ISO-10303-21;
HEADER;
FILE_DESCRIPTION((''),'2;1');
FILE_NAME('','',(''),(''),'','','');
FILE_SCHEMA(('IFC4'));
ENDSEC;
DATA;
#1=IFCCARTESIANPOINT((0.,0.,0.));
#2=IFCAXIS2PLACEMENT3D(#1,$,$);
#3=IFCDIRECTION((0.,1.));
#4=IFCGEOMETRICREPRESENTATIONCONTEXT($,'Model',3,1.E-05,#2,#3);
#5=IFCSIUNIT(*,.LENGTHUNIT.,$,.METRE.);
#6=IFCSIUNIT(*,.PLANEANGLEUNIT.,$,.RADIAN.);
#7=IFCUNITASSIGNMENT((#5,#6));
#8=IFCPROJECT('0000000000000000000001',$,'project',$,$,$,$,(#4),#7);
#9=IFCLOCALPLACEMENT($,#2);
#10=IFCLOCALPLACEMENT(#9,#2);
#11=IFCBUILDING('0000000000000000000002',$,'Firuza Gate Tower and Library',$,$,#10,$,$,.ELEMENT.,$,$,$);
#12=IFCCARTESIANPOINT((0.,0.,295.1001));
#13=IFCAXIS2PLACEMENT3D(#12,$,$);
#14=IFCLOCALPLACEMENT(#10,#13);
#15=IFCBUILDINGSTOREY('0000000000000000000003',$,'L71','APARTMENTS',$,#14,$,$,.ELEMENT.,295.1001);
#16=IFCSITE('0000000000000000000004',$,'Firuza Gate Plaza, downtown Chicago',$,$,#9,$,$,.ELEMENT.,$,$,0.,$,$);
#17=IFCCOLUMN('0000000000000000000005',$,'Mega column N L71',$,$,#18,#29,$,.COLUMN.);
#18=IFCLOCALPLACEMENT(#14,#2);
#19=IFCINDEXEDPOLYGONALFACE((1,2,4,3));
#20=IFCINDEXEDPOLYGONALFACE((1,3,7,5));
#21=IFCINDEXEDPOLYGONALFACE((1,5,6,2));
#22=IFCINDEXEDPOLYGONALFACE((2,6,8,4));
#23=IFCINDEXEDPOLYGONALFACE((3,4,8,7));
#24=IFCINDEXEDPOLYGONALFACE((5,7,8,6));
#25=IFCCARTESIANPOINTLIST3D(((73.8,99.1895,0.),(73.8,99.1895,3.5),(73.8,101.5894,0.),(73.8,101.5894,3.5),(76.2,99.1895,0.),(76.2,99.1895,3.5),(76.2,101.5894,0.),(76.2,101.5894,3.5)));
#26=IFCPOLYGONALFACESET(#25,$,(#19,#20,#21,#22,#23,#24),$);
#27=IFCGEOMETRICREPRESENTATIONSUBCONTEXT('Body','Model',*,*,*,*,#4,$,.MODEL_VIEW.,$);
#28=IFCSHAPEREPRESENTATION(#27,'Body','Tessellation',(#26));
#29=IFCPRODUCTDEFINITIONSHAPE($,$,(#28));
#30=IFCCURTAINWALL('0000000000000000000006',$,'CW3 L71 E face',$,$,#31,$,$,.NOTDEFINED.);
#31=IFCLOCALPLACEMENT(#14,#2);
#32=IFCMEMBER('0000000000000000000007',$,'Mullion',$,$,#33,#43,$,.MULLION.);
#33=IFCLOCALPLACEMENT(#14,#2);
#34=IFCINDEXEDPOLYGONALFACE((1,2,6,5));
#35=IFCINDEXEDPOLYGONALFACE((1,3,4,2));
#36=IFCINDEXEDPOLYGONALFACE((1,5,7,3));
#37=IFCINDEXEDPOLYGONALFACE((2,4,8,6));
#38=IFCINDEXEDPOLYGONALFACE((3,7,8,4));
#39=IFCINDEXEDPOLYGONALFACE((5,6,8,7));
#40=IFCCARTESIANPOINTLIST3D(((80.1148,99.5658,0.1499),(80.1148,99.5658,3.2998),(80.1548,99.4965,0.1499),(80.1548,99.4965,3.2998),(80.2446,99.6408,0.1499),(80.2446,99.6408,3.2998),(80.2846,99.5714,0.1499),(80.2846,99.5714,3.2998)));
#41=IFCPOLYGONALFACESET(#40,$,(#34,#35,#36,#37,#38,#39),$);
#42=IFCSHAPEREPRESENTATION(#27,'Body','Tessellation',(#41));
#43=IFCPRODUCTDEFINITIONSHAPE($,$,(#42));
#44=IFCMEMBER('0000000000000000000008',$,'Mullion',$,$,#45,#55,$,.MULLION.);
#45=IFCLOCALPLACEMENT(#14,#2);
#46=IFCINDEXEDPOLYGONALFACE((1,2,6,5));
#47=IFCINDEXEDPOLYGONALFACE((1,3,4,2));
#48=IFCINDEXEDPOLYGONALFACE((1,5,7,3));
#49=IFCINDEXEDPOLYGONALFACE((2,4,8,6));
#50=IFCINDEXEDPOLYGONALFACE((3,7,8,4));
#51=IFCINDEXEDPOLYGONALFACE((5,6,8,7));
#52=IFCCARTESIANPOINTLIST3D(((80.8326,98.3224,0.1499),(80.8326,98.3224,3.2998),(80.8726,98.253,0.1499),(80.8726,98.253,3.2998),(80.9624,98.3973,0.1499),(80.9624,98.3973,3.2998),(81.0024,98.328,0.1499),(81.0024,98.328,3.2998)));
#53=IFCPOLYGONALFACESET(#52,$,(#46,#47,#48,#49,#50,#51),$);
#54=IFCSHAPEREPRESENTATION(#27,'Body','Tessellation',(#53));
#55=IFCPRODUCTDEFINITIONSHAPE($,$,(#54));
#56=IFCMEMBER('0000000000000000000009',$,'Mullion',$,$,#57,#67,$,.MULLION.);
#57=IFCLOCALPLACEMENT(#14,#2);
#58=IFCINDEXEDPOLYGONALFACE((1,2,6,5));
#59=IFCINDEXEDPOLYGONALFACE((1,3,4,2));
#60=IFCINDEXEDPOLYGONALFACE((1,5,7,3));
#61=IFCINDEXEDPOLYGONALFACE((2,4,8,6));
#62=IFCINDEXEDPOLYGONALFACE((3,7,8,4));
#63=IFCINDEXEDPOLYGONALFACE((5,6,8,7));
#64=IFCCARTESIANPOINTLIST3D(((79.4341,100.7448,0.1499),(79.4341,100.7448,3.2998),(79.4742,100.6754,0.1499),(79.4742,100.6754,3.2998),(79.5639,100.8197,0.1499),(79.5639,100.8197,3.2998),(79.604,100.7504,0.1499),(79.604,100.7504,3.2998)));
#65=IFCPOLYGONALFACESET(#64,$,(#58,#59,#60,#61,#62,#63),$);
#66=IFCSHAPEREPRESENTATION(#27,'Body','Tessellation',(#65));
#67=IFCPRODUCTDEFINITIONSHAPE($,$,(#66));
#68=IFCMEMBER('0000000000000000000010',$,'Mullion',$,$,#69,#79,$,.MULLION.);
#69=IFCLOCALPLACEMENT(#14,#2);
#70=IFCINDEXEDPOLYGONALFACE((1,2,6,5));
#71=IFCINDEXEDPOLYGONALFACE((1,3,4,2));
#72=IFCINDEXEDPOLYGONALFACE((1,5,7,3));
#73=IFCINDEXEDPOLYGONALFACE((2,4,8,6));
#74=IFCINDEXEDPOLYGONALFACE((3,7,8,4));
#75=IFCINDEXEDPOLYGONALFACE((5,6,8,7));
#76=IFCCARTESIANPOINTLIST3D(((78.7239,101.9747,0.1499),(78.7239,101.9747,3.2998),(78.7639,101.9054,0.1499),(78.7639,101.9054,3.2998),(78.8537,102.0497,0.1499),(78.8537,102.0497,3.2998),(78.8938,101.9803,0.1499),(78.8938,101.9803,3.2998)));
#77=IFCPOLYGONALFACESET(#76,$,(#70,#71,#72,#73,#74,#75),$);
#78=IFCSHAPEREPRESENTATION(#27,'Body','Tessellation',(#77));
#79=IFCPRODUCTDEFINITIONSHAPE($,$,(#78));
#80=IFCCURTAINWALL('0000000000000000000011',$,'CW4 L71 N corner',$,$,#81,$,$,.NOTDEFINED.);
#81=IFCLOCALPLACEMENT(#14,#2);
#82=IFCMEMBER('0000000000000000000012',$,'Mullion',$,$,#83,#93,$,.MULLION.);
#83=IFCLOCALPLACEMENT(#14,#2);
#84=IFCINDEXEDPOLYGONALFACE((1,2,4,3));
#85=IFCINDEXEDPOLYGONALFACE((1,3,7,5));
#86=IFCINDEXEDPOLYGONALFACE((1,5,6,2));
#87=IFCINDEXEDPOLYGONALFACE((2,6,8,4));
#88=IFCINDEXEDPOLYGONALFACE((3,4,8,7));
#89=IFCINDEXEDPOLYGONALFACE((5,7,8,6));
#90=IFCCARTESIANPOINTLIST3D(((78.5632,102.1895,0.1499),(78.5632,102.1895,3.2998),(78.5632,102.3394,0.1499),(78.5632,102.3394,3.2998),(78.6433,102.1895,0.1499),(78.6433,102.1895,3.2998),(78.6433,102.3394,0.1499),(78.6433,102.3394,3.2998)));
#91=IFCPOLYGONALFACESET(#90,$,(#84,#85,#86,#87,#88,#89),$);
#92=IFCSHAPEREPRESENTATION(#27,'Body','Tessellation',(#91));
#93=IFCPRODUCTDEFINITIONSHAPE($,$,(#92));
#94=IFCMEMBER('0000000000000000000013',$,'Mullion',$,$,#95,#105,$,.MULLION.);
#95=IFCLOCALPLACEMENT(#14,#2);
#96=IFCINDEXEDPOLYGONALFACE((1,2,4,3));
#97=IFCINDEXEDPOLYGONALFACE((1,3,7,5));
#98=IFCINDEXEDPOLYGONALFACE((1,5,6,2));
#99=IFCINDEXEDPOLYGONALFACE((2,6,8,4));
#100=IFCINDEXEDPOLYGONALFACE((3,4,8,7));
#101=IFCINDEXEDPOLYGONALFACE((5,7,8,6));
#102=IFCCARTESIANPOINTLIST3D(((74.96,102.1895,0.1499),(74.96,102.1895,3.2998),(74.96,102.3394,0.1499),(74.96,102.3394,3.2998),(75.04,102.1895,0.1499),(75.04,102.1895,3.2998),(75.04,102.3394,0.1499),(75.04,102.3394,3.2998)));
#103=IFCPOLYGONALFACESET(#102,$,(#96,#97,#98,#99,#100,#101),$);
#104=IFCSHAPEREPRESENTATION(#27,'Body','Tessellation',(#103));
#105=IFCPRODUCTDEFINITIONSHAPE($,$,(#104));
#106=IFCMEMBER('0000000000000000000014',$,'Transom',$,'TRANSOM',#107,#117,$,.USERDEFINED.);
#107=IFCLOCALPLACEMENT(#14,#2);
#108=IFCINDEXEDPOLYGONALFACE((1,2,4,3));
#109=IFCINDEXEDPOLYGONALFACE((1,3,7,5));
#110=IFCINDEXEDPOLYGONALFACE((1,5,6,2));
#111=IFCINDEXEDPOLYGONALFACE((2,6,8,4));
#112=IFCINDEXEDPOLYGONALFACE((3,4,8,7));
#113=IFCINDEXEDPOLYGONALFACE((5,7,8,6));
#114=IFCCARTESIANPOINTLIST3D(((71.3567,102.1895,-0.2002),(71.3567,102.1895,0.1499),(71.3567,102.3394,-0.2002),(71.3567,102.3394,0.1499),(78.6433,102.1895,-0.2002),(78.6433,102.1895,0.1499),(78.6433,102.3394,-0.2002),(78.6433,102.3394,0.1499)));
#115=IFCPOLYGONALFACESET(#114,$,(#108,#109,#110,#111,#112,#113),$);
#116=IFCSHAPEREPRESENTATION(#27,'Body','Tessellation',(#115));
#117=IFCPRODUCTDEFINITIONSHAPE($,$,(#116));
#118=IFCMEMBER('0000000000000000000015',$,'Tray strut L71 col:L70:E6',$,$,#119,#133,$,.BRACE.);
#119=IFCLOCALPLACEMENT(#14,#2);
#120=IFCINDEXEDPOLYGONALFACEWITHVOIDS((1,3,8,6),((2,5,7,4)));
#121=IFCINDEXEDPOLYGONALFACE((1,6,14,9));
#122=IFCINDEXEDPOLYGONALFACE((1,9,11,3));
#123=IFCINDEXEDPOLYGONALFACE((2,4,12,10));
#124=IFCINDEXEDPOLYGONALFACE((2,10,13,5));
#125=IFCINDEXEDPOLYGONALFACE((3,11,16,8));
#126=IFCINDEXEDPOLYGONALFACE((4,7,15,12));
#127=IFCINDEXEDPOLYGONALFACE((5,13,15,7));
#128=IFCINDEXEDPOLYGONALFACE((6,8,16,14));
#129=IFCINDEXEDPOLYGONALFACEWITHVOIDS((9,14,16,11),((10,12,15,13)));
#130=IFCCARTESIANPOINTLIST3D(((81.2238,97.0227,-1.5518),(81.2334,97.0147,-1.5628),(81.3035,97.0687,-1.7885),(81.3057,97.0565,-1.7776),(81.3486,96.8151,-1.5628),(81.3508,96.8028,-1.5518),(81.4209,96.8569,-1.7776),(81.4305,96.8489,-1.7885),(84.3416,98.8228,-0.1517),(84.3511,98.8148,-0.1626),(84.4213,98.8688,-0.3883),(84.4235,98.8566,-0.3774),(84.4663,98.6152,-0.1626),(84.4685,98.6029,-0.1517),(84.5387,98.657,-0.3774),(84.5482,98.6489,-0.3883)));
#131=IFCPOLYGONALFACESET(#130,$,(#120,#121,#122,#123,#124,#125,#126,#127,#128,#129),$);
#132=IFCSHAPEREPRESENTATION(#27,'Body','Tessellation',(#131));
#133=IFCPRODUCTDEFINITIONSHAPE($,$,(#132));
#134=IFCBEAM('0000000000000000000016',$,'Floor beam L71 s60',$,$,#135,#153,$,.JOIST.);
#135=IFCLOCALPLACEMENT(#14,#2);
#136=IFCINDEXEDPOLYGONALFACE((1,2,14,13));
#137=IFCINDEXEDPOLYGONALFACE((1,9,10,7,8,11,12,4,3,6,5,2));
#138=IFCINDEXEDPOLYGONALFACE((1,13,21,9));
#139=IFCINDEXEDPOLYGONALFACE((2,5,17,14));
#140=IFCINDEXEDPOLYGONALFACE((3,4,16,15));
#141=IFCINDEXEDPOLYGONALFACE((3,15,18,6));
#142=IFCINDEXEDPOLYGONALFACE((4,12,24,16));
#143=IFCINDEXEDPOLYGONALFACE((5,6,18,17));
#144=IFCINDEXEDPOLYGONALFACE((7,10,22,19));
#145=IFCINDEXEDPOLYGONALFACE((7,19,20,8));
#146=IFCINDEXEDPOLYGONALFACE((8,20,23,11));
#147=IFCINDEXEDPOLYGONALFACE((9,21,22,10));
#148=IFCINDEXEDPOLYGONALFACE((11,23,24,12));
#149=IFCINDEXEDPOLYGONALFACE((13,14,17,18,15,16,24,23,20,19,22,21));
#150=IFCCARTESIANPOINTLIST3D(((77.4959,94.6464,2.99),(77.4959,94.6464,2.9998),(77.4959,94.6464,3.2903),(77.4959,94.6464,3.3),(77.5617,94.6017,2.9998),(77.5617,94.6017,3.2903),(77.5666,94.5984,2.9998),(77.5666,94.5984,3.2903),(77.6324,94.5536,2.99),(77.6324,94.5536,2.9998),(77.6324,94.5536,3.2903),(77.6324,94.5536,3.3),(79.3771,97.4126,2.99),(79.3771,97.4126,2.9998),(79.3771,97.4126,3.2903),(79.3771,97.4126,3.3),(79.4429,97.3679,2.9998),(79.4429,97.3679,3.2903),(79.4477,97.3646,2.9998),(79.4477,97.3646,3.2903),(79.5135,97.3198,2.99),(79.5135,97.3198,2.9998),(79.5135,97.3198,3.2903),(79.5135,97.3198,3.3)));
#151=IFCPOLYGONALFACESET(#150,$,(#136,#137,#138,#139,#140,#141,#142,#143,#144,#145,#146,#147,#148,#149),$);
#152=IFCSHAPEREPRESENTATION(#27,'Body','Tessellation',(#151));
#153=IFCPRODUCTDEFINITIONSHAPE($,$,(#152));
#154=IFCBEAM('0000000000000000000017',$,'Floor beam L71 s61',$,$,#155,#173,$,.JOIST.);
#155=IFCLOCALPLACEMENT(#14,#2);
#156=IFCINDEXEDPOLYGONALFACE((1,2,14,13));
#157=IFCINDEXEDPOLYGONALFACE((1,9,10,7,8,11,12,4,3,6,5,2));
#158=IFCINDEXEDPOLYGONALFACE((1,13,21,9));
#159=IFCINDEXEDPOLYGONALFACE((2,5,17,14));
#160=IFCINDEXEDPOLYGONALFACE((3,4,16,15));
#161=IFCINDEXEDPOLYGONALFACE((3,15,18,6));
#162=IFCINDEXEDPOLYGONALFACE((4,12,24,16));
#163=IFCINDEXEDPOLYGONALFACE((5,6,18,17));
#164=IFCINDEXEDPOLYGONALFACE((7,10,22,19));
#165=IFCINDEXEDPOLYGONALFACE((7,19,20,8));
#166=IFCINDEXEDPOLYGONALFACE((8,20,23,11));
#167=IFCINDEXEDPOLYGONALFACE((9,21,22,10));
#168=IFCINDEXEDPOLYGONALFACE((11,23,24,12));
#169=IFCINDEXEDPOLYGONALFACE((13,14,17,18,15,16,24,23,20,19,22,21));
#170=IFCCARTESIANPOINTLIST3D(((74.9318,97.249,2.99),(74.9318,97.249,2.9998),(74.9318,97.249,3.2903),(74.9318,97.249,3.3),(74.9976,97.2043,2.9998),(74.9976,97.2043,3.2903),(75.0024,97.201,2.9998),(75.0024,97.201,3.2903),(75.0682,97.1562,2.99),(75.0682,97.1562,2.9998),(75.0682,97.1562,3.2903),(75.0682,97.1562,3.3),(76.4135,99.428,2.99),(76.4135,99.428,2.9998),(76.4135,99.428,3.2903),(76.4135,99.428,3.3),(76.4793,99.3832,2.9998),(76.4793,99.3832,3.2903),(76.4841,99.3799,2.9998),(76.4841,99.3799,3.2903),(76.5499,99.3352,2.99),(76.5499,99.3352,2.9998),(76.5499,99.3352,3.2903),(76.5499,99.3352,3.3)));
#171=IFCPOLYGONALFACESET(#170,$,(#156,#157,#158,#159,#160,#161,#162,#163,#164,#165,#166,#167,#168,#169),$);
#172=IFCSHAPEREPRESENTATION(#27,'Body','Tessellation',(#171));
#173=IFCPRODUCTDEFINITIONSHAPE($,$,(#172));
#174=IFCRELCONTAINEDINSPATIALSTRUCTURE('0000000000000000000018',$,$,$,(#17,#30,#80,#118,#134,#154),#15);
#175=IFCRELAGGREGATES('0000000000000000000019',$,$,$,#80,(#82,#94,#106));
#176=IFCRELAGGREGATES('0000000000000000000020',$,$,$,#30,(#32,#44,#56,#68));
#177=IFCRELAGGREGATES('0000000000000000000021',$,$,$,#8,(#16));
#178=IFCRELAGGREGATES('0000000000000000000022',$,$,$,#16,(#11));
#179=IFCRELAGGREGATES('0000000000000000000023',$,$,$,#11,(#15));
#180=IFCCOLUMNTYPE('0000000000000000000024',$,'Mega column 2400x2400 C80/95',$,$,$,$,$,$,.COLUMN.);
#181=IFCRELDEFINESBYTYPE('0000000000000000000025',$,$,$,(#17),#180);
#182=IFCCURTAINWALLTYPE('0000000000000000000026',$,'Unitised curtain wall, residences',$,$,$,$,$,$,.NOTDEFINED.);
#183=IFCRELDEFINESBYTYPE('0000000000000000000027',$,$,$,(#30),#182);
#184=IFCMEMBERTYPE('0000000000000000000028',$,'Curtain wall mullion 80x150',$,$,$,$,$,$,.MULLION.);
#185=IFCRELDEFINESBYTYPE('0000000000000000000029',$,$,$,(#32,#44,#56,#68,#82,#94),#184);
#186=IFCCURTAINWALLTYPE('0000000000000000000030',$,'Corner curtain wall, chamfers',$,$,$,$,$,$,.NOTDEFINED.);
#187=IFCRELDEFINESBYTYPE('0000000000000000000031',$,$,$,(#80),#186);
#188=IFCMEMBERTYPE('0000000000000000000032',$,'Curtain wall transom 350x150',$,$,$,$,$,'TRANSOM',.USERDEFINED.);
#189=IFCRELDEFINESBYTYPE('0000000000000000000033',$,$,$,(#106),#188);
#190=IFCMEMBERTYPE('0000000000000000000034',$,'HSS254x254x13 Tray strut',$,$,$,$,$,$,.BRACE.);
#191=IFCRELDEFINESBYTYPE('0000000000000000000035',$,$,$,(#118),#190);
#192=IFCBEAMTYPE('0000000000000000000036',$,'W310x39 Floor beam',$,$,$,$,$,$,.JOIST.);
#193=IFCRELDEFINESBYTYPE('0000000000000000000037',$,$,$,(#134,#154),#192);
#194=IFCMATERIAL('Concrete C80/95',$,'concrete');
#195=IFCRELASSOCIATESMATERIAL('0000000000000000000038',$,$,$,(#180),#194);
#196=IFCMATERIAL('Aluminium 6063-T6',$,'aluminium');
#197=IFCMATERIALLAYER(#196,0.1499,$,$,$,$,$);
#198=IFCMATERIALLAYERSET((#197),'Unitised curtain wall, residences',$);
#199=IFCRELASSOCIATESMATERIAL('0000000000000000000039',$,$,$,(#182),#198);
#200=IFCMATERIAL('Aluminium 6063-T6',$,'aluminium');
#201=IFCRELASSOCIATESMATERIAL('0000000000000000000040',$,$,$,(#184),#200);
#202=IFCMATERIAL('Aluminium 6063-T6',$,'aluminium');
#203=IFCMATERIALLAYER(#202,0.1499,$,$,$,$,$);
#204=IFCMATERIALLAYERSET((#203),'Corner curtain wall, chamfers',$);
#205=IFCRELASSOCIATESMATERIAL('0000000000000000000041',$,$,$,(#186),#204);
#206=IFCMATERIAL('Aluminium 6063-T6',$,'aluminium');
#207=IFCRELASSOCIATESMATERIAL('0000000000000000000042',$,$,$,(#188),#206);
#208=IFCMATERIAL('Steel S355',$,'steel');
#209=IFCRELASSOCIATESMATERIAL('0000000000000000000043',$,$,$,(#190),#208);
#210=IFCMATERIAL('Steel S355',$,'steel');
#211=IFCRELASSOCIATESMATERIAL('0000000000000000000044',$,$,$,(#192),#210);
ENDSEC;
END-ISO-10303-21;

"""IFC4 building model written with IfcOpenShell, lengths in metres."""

from ifc_helpers import new_model, si_unit, direction, frame, origin, origin_2d, place, context, subcontext, project, spatial, rectangle, hollow_rectangle, i_section, extrude, material, layer, layer_set, material_profile, profile_set, type_object, element, aggregate, save


model = new_model("IFC4")

# Units and contexts
model_context = context("Model", 3, precision=1e-05, world=origin(), true_north=direction((0.0, 1.0)))
body_context = subcontext(model_context, "Body", "Model", "MODEL_VIEW")
ifc_project = project(units=[si_unit("LENGTHUNIT", "METRE"), si_unit("PLANEANGLEUNIT", "RADIAN")], contexts=[model_context])

# Site, building, storey
site_placement = place(None, origin())
site = spatial("IfcSite", under=ifc_project, at=site_placement, Name="Firuza Gate Plaza, downtown Chicago", CompositionType="ELEMENT", RefElevation=0.0)
building_placement = place(site_placement, origin())
building = spatial("IfcBuilding", under=site, at=building_placement, Name="Firuza Gate Tower and Library", CompositionType="ELEMENT")
storey_placement = place(building_placement, frame((0.0, 0.0, 295.1001)))
storey = spatial("IfcBuildingStorey", under=building, at=storey_placement, Name="L71", Description="APARTMENTS", CompositionType="ELEMENT", Elevation=295.1001)

# Column
ifc_material_1 = material(Name="Concrete C80/95", Category="concrete")
ifc_material_profile_1 = material_profile(ifc_material_1, rectangle(XDim=2.3999, YDim=2.3999, at=origin_2d()))
ifc_profile_set_1 = profile_set([ifc_material_profile_1], Name="Concrete C80/95")
column_type = type_object("IfcColumnType", Name="Mega column 2400x2400 C80/95", PredefinedType="COLUMN", material=ifc_profile_set_1)
column_placement = place(storey_placement, frame((75.0, 100.3894, 0.0), z_axis=(0.0, 0.0, 1.0), x_axis=(-1.0, 0.0, 0.0)))
element("IfcColumn", 1, at=column_placement, inside=storey, type_object=column_type, Name="Mega column N L71", PredefinedType="COLUMN", context=body_context, shape_type="SweptSolid", body=[
    extrude(rectangle(XDim=2.3999, YDim=2.3999, at=origin_2d()), origin(), (0.0, 0.0, 1.0), 3.5),
])

# Curtain walls, members
ifc_material_2 = material(Name="Aluminium 6063-T6", Category="aluminium")
ifc_layer_1 = layer(ifc_material_2, 0.1499)
ifc_layer_set_1 = layer_set([ifc_layer_1], Name="Unitised curtain wall, residences")
curtain_wall_type_1 = type_object("IfcCurtainWallType", Name="Unitised curtain wall, residences", PredefinedType="NOTDEFINED", material=ifc_layer_set_1)
placement = place(storey_placement, origin())
curtain_wall_1 = element("IfcCurtainWall", 2, at=placement, inside=storey, type_object=curtain_wall_type_1, Name="CW3 L71 E face", PredefinedType="NOTDEFINED")
ifc_material_3 = material(Name="Aluminium 6063-T6", Category="aluminium")
ifc_material_profile_2 = material_profile(ifc_material_3, rectangle(XDim=0.1499, YDim=0.0801, at=origin_2d()))
ifc_profile_set_2 = profile_set([ifc_material_profile_2], Name="Aluminium 6063-T6")
member_type_1 = type_object("IfcMemberType", Name="Curtain wall mullion 80x150", PredefinedType="MULLION", material=ifc_profile_set_2)
member_1_placement = place(storey_placement, frame((80.1997, 99.5686, 0.1499), z_axis=(0.0, 0.0, 1.0), x_axis=(-0.866025, -0.5, 0.0)))
member_1 = element("IfcMember", 3, at=member_1_placement, type_object=member_type_1, Name="Mullion", PredefinedType="MULLION", context=body_context, shape_type="SweptSolid", body=[
    extrude(rectangle(XDim=0.1499, YDim=0.0801, at=origin_2d()), origin(), (0.0, 0.0, 1.0), 3.1499),
])
member_2_placement = place(storey_placement, frame((80.9175, 98.3252, 0.1499), z_axis=(0.0, 0.0, 1.0), x_axis=(-0.866025, -0.5, 0.0)))
member_2 = element("IfcMember", 4, at=member_2_placement, type_object=member_type_1, Name="Mullion", PredefinedType="MULLION", context=body_context, shape_type="SweptSolid", body=[
    extrude(rectangle(XDim=0.1499, YDim=0.0801, at=origin_2d()), origin(), (0.0, 0.0, 1.0), 3.1499),
])
member_3_placement = place(storey_placement, frame((79.519, 100.7476, 0.1499), z_axis=(0.0, 0.0, 1.0), x_axis=(-0.866025, -0.5, 0.0)))
member_3 = element("IfcMember", 5, at=member_3_placement, type_object=member_type_1, Name="Mullion", PredefinedType="MULLION", context=body_context, shape_type="SweptSolid", body=[
    extrude(rectangle(XDim=0.1499, YDim=0.0801, at=origin_2d()), origin(), (0.0, 0.0, 1.0), 3.1499),
])
member_4_placement = place(storey_placement, frame((78.8088, 101.9775, 0.1499), z_axis=(0.0, 0.0, 1.0), x_axis=(-0.866025, -0.5, 0.0)))
member_4 = element("IfcMember", 6, at=member_4_placement, type_object=member_type_1, Name="Mullion", PredefinedType="MULLION", context=body_context, shape_type="SweptSolid", body=[
    extrude(rectangle(XDim=0.1499, YDim=0.0801, at=origin_2d()), origin(), (0.0, 0.0, 1.0), 3.1499),
])
ifc_material_4 = material(Name="Aluminium 6063-T6", Category="aluminium")
ifc_layer_2 = layer(ifc_material_4, 0.1499)
ifc_layer_set_2 = layer_set([ifc_layer_2], Name="Corner curtain wall, chamfers")
curtain_wall_type_2 = type_object("IfcCurtainWallType", Name="Corner curtain wall, chamfers", PredefinedType="NOTDEFINED", material=ifc_layer_set_2)
curtain_wall_2 = element("IfcCurtainWall", 7, at=placement, inside=storey, type_object=curtain_wall_type_2, Name="CW4 L71 N corner", PredefinedType="NOTDEFINED")
member_5_placement = place(storey_placement, frame((78.6033, 102.2644, 0.1499), z_axis=(0.0, 0.0, 1.0), x_axis=(0.0, -1.0, 0.0)))
member_5 = element("IfcMember", 8, at=member_5_placement, type_object=member_type_1, Name="Mullion", PredefinedType="MULLION", context=body_context, shape_type="SweptSolid", body=[
    extrude(rectangle(XDim=0.1499, YDim=0.0801, at=origin_2d()), origin(), (0.0, 0.0, 1.0), 3.1499),
])
member_6_placement = place(storey_placement, frame((75.0, 102.2644, 0.1499), z_axis=(0.0, 0.0, 1.0), x_axis=(0.0, -1.0, 0.0)))
member_6 = element("IfcMember", 9, at=member_6_placement, type_object=member_type_1, Name="Mullion", PredefinedType="MULLION", context=body_context, shape_type="SweptSolid", body=[
    extrude(rectangle(XDim=0.1499, YDim=0.0801, at=origin_2d()), origin(), (0.0, 0.0, 1.0), 3.1499),
])
ifc_material_5 = material(Name="Aluminium 6063-T6", Category="aluminium")
ifc_material_profile_3 = material_profile(ifc_material_5, rectangle(XDim=0.1499, YDim=0.3501, at=origin_2d()))
ifc_profile_set_3 = profile_set([ifc_material_profile_3], Name="Aluminium 6063-T6")
member_type_2 = type_object("IfcMemberType", Name="Curtain wall transom 350x150", ElementType="TRANSOM", PredefinedType="USERDEFINED", material=ifc_profile_set_3)
member_7_placement = place(storey_placement, frame((78.6433, 102.2644, -0.0251), z_axis=(-1.0, 0.0, 0.0), x_axis=(0.0, -1.0, 0.0)))
member_7 = element("IfcMember", 10, at=member_7_placement, type_object=member_type_2, Name="Transom", ObjectType="TRANSOM", PredefinedType="USERDEFINED", context=body_context, shape_type="SweptSolid", body=[
    extrude(rectangle(XDim=0.1499, YDim=0.3501, at=origin_2d()), origin(), (0.0, 0.0, 1.0), 7.2866),
])

# Member
ifc_material_6 = material(Name="Steel S355", Category="steel")
ifc_material_profile_4 = material_profile(ifc_material_6, hollow_rectangle(XDim=0.2539, YDim=0.2539, WallThickness=0.0117, at=origin_2d()))
ifc_profile_set_4 = profile_set([ifc_material_profile_4], Name="Steel S355")
member_type_3 = type_object("IfcMemberType", Name="HSS254x254x13 Tray strut", PredefinedType="BRACE", material=ifc_profile_set_4)
member_8_placement = place(storey_placement, frame((81.3271, 96.9358, -1.6702), z_axis=(0.807122, 0.466007, 0.362478), x_axis=(-0.500012, 0.866018, 0.0)))
element("IfcMember", 11, at=member_8_placement, inside=storey, type_object=member_type_3, Name="Tray strut L71 col:L70:E6", PredefinedType="BRACE", context=body_context, shape_type="SweptSolid", body=[
    extrude(hollow_rectangle(XDim=0.2539, YDim=0.2539, WallThickness=0.0117, at=origin_2d()), origin(), (0.0, 0.0, 1.0), 3.8628),
])

# Beams
ifc_material_7 = material(Name="Steel S355", Category="steel")
ifc_material_profile_5 = material_profile(ifc_material_7, i_section(OverallWidth=0.165, OverallDepth=0.3101, WebThickness=0.0059, FlangeThickness=0.0098, at=origin_2d()))
ifc_profile_set_5 = profile_set([ifc_material_profile_5], Name="Steel S355")
beam_type_1 = type_object("IfcBeamType", Name="W310x39 Floor beam", PredefinedType="JOIST", material=ifc_profile_set_5)
beam_1_placement = place(storey_placement, frame((79.4453, 97.3662, 3.145), z_axis=(-0.56234, -0.826906, 0.0), x_axis=(0.826906, -0.56234, 0.0)))
element("IfcBeam", 12, at=beam_1_placement, inside=storey, type_object=beam_type_1, Name="Floor beam L71 s60", PredefinedType="JOIST", context=body_context, shape_type="SweptSolid", body=[
    extrude(i_section(OverallWidth=0.165, OverallDepth=0.3101, WebThickness=0.0059, FlangeThickness=0.0098, at=origin_2d()), origin(), (0.0, 0.0, 1.0), 3.3452),
])
beam_2_placement = place(storey_placement, frame((76.4817, 99.3816, 3.145), z_axis=(-0.56231, -0.826927, 0.0), x_axis=(0.826927, -0.56231, 0.0)))
element("IfcBeam", 13, at=beam_2_placement, inside=storey, type_object=beam_type_1, Name="Floor beam L71 s61", PredefinedType="JOIST", context=body_context, shape_type="SweptSolid", body=[
    extrude(i_section(OverallWidth=0.165, OverallDepth=0.3101, WebThickness=0.0059, FlangeThickness=0.0098, at=origin_2d()), origin(), (0.0, 0.0, 1.0), 2.635),
])

aggregate(curtain_wall_2, [member_5, member_6, member_7])
aggregate(curtain_wall_1, [member_1, member_2, member_3, member_4])

save(model, "model.ifc")
